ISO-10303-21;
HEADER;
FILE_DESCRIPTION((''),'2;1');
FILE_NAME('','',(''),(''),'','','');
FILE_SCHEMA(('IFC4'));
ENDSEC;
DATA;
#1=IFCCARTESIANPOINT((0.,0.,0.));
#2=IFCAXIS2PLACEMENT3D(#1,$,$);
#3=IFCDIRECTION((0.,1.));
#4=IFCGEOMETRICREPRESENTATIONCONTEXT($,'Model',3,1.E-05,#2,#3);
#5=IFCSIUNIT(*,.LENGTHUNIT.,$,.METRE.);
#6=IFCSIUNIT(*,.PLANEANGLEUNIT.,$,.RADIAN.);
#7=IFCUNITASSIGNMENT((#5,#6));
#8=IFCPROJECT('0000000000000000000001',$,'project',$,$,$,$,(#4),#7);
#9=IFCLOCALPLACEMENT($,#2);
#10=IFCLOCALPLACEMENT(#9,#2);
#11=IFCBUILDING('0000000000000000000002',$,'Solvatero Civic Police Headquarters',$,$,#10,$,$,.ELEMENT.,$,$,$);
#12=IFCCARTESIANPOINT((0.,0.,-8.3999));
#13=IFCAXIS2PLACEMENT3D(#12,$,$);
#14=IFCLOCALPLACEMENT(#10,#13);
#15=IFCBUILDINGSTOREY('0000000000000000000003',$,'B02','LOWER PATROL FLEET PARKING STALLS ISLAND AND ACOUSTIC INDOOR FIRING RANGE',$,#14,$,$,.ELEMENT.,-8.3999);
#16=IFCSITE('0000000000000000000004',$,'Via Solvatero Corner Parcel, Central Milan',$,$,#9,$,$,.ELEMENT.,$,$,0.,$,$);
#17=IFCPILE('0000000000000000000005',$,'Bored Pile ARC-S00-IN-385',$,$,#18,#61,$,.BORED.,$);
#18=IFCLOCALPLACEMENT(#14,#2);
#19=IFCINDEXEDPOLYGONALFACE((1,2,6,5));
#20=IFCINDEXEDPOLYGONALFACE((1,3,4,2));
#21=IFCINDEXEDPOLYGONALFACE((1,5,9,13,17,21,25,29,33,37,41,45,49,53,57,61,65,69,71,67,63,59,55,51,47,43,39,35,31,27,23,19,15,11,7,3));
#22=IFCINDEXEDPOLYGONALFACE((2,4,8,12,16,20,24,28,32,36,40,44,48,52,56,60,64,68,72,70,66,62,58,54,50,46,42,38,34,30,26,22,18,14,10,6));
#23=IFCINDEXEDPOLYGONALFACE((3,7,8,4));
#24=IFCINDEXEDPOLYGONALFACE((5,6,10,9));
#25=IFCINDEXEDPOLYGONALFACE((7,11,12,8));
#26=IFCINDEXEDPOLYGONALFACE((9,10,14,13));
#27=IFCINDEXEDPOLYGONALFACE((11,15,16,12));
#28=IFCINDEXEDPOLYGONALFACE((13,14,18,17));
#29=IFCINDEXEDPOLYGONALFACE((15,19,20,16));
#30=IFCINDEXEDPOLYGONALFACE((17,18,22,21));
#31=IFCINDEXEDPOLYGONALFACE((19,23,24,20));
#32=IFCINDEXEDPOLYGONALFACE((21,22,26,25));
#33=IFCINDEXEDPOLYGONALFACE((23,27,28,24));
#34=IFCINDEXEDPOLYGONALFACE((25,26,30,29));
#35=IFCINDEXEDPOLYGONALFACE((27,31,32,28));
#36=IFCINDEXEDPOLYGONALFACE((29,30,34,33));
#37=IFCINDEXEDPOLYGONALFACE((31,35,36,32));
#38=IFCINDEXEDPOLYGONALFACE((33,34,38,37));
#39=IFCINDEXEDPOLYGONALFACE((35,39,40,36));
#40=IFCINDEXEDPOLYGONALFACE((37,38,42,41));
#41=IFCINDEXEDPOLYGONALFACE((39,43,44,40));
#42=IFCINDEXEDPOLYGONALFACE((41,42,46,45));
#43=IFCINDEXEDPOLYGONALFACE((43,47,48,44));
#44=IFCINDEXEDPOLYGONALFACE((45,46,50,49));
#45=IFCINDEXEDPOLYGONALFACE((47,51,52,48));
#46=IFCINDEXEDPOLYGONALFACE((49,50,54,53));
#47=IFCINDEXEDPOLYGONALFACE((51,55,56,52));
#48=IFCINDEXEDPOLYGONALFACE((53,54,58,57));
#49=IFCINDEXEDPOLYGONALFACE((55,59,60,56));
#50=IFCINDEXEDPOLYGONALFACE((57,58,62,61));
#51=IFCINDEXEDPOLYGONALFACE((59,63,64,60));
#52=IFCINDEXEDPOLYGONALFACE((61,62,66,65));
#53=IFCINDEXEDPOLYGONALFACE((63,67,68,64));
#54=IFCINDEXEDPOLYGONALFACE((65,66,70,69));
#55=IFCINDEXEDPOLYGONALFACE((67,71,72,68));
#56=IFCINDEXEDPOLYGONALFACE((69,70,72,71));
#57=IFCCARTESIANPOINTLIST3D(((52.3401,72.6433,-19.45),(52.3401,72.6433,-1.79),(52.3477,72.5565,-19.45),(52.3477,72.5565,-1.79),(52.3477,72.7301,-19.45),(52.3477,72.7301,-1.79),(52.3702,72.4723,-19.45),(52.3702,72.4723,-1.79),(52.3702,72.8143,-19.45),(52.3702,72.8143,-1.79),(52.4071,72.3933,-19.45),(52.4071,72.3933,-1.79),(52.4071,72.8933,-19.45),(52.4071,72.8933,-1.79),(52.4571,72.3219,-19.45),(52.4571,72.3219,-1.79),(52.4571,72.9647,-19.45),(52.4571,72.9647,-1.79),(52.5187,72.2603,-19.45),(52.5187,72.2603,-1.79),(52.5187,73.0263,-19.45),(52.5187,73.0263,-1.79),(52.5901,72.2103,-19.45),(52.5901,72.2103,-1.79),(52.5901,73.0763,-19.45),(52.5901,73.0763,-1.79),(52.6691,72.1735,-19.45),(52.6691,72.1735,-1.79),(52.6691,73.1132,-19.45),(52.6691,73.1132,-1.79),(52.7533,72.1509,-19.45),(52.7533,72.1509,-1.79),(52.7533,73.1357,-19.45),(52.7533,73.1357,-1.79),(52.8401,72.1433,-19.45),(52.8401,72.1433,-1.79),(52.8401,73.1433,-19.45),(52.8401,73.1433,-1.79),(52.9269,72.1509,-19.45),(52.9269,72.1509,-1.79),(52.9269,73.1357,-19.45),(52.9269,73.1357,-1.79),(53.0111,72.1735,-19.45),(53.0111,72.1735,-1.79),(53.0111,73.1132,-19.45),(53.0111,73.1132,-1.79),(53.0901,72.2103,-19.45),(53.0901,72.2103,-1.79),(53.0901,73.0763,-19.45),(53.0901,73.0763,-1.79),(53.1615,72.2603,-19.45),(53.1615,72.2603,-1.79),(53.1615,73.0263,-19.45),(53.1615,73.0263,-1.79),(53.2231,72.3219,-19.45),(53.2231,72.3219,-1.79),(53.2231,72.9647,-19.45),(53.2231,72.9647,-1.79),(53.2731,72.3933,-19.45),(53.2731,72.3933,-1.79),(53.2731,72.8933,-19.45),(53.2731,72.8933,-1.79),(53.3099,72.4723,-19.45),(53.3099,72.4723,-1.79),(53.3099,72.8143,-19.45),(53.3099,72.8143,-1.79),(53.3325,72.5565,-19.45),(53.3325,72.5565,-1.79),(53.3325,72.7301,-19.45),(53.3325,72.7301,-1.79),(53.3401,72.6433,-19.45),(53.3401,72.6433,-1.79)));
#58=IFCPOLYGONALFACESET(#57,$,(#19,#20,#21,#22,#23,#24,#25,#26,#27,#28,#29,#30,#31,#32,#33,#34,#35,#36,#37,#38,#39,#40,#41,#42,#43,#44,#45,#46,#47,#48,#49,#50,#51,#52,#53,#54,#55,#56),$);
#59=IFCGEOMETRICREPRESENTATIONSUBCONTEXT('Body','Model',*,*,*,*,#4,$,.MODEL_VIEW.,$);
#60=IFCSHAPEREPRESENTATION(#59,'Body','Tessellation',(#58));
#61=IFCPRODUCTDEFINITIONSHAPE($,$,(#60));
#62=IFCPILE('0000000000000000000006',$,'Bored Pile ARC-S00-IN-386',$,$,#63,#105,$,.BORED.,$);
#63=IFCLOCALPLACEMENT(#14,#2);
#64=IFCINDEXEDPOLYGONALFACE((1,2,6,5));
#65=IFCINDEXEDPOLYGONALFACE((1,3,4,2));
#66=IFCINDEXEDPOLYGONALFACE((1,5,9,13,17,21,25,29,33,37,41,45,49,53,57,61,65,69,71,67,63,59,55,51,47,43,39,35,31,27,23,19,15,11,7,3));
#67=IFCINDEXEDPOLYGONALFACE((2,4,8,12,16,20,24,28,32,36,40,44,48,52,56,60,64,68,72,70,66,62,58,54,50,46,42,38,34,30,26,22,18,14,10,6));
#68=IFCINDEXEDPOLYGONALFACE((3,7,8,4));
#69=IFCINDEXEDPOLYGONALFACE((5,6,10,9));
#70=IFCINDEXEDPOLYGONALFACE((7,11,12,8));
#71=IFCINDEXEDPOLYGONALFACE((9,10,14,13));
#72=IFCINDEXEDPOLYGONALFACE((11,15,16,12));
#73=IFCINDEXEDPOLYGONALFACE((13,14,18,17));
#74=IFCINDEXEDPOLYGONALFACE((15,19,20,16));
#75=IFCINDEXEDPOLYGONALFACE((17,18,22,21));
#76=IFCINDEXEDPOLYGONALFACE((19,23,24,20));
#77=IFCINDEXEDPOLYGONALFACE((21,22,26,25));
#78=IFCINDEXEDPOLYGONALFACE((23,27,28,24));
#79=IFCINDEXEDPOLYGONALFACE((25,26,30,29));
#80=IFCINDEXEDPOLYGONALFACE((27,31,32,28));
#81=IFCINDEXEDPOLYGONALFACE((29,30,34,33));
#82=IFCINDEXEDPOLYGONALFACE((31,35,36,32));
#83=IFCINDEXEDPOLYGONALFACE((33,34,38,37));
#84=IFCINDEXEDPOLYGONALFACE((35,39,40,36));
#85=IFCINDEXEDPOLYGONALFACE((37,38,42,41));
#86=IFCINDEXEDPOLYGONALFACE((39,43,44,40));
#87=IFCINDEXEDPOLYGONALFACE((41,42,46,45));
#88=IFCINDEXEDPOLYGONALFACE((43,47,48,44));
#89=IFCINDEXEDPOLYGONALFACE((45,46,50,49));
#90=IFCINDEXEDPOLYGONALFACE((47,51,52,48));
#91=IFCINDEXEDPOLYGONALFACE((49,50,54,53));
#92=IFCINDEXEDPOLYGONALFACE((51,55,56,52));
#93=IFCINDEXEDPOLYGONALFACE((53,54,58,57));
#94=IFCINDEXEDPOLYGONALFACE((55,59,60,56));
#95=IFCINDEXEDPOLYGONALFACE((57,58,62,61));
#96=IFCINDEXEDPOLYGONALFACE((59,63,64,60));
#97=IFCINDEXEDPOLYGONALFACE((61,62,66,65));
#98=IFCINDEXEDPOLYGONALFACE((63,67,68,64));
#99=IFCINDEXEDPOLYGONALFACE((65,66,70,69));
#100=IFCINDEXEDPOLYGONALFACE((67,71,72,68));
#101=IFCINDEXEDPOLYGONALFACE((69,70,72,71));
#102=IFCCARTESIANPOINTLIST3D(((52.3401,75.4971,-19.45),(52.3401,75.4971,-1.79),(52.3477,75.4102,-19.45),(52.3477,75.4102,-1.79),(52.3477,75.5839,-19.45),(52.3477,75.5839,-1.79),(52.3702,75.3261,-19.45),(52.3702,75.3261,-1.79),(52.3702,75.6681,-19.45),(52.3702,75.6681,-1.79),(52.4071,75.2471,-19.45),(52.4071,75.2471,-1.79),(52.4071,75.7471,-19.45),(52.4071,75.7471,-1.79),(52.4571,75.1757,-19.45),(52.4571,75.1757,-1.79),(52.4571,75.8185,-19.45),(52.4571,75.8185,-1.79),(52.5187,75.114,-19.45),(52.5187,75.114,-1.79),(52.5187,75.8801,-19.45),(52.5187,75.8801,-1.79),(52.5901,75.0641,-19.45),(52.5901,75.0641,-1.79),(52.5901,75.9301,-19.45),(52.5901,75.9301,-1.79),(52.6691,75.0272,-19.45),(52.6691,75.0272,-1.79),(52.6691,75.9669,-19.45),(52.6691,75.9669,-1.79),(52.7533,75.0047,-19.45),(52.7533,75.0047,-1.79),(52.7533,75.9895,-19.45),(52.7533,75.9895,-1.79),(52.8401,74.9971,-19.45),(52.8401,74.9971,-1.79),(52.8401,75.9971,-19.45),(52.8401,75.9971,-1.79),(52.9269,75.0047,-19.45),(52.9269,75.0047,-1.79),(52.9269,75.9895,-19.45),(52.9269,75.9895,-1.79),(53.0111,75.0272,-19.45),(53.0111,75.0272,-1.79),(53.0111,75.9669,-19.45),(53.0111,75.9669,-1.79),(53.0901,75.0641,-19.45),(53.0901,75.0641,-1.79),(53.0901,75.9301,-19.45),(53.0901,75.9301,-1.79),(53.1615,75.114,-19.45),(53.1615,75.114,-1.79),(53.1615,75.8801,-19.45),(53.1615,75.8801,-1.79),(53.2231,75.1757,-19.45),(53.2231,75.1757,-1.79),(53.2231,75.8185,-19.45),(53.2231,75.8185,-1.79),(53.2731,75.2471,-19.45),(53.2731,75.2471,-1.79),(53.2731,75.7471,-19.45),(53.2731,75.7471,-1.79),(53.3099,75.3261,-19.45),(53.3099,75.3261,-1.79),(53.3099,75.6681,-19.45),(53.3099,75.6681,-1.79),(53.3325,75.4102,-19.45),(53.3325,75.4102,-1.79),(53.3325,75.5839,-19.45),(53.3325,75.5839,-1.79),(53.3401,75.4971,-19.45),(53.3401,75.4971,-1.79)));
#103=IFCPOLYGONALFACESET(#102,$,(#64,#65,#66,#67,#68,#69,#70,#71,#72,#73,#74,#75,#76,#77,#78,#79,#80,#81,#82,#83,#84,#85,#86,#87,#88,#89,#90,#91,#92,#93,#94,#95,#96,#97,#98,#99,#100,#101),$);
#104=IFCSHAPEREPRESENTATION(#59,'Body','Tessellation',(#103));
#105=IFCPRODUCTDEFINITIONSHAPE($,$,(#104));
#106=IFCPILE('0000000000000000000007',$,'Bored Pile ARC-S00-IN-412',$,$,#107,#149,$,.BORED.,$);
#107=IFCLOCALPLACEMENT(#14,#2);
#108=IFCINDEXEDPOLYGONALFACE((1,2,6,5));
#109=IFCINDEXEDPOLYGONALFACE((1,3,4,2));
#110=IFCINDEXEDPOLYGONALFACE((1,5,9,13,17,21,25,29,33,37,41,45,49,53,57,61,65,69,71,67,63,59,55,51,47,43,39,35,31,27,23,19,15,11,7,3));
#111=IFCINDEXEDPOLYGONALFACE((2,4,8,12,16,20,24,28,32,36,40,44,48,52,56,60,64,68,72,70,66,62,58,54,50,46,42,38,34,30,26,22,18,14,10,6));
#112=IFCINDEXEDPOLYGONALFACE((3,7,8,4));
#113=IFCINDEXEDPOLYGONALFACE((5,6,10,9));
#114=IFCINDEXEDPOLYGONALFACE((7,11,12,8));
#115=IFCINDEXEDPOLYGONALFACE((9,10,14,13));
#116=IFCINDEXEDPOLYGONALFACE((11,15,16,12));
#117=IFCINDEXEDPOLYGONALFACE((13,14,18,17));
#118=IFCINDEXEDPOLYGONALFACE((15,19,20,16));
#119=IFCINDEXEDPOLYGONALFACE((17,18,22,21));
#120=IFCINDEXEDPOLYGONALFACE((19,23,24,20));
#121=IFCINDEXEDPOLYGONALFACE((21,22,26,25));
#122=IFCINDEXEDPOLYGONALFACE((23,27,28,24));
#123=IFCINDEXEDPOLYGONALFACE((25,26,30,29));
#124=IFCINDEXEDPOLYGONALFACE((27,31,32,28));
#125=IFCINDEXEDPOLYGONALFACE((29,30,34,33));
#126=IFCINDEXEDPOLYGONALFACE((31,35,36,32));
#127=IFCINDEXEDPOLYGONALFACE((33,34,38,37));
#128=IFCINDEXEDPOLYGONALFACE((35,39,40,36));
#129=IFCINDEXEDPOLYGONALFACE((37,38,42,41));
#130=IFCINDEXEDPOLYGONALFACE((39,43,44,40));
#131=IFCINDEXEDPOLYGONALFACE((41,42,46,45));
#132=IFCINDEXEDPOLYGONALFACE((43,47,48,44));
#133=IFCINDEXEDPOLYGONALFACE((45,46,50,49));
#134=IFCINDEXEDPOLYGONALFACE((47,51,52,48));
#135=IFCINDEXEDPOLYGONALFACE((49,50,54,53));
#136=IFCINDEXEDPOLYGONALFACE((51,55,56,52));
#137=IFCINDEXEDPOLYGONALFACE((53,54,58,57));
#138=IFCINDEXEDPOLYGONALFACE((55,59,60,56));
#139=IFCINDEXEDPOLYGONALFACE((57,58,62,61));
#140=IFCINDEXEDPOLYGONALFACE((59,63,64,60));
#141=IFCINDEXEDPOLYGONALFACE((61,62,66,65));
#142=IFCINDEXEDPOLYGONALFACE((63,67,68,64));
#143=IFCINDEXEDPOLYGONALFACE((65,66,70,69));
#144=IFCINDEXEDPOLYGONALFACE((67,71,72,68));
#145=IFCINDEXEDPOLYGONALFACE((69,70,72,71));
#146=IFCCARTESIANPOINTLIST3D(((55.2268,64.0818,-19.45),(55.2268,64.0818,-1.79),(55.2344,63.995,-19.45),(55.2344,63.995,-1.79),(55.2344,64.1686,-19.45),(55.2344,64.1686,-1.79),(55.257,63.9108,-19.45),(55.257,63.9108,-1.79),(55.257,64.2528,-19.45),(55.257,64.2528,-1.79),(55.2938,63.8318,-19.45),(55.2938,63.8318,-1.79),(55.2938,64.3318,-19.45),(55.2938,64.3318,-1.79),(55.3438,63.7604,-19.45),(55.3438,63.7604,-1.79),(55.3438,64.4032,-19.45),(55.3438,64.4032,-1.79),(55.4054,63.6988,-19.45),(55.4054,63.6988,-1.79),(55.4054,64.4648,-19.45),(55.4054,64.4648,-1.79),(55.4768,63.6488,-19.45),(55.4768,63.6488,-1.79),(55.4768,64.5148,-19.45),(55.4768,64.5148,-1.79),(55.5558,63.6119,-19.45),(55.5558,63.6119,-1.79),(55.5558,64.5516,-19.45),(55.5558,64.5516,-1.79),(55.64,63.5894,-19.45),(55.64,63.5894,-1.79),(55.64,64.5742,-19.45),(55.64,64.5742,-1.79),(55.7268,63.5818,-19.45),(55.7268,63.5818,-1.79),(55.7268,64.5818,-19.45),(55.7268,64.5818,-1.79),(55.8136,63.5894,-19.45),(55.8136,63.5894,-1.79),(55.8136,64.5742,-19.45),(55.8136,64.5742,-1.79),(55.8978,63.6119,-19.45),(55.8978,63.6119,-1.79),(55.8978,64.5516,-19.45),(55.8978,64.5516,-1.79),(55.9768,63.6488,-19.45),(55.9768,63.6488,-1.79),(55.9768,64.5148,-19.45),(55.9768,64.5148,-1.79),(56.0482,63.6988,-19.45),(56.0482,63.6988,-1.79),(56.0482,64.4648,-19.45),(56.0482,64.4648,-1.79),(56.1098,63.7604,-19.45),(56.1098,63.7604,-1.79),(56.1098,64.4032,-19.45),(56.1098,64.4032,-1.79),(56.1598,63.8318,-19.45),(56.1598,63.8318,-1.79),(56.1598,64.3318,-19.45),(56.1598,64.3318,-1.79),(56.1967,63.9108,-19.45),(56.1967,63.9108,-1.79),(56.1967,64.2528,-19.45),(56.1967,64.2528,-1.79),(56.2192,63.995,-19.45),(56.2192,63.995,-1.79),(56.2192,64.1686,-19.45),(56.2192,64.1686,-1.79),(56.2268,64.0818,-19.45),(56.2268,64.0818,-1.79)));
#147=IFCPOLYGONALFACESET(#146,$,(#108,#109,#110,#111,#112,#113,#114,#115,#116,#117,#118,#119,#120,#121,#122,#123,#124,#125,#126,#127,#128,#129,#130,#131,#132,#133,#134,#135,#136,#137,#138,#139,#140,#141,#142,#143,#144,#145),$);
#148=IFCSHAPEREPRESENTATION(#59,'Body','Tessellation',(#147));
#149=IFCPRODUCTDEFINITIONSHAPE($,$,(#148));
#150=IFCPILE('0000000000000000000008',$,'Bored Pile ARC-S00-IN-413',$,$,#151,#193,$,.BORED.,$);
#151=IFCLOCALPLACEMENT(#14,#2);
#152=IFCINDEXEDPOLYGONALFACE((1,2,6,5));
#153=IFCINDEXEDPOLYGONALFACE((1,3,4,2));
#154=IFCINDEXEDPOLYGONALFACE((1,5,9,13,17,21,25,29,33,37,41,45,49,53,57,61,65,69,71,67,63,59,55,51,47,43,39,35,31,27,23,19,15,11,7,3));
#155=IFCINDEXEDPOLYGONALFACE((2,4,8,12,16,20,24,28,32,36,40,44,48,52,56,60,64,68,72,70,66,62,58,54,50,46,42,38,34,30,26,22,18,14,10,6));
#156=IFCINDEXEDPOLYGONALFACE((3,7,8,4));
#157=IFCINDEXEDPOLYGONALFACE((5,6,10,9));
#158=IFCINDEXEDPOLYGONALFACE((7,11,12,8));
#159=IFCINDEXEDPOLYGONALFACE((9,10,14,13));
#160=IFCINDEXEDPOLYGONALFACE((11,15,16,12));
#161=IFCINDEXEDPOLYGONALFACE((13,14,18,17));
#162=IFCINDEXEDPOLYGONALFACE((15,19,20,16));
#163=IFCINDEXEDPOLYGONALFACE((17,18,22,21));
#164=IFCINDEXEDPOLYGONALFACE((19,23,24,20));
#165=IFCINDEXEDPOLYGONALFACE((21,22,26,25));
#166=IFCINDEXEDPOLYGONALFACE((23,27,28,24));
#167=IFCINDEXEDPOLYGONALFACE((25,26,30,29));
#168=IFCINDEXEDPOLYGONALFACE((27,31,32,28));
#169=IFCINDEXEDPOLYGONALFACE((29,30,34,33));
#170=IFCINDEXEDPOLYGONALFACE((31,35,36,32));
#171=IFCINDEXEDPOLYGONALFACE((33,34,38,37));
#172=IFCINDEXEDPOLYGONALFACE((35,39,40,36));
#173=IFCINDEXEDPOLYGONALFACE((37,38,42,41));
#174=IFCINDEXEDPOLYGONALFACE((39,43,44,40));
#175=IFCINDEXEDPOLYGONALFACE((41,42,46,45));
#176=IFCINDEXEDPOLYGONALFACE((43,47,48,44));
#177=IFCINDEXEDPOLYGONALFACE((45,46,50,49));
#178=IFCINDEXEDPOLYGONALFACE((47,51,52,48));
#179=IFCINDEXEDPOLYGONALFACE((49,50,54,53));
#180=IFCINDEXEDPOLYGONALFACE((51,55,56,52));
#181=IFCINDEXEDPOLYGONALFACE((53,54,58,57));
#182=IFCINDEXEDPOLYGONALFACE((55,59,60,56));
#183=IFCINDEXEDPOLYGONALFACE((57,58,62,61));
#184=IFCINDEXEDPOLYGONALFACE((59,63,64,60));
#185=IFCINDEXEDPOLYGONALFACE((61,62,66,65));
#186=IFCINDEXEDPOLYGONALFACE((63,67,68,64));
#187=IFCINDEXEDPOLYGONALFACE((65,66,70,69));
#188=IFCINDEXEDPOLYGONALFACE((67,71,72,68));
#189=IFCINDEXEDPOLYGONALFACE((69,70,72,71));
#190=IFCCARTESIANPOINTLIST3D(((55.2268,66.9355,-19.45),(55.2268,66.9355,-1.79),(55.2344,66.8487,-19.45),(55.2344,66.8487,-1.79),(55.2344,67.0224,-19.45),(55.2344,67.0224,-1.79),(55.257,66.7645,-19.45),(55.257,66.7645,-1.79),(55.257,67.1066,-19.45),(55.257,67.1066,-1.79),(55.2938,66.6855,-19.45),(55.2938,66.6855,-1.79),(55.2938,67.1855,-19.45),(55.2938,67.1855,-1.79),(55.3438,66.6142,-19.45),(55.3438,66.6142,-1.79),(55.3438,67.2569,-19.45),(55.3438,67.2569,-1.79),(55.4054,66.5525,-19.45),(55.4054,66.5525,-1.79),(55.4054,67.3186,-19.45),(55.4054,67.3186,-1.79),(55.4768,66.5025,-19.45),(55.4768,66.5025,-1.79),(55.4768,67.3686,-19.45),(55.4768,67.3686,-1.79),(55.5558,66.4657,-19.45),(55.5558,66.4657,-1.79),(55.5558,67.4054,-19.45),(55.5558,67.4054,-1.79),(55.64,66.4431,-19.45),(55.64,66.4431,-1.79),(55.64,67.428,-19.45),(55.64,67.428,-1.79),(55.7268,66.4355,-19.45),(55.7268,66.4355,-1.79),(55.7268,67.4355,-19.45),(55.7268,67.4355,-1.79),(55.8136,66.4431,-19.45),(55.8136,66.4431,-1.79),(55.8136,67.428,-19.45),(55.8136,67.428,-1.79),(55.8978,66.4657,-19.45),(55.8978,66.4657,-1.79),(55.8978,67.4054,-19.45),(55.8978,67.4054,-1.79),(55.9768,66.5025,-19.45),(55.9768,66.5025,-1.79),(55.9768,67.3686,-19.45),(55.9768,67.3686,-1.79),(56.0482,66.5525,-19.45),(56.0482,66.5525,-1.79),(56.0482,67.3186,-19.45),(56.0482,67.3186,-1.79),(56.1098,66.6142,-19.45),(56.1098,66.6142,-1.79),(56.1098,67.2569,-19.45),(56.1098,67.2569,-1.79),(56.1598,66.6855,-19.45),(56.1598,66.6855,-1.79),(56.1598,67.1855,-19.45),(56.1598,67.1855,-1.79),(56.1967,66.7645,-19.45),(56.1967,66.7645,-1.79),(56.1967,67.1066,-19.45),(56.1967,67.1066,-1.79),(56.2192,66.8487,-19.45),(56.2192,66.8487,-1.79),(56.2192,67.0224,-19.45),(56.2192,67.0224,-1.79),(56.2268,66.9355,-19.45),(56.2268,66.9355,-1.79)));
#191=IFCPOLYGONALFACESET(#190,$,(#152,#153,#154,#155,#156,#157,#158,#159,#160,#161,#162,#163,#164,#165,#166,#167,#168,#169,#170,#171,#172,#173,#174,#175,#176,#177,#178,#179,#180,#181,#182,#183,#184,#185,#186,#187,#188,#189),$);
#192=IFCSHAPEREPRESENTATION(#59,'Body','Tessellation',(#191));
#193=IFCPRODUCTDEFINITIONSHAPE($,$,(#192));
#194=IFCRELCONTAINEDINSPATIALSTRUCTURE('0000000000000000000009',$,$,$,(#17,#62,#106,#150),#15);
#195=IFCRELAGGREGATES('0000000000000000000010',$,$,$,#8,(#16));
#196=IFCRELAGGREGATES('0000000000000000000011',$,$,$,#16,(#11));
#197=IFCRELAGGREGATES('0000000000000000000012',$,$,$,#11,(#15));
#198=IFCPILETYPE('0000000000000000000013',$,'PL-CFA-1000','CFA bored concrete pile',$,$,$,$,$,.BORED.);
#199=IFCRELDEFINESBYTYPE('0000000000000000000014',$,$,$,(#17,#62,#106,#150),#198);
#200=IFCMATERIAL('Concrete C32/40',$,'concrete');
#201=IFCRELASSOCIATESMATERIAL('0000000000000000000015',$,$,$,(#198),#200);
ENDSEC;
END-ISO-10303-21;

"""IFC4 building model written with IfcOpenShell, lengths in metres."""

from ifc_helpers import new_model, si_unit, direction, frame, origin, origin_2d, place, context, subcontext, project, spatial, circle, extrude, material, material_profile, profile_set, type_object, element, save


model = new_model("IFC4")

# Units and contexts
model_context = context("Model", 3, precision=1e-05, world=origin(), true_north=direction((0.0, 1.0)))
body_context = subcontext(model_context, "Body", "Model", "MODEL_VIEW")
ifc_project = project(units=[si_unit("LENGTHUNIT", "METRE"), si_unit("PLANEANGLEUNIT", "RADIAN")], contexts=[model_context])

# Site, building, storey
site_placement = place(None, origin())
site = spatial("IfcSite", under=ifc_project, at=site_placement, Name="Via Solvatero Corner Parcel, Central Milan", CompositionType="ELEMENT", RefElevation=0.0)
building_placement = place(site_placement, origin())
building = spatial("IfcBuilding", under=site, at=building_placement, Name="Solvatero Civic Police Headquarters", CompositionType="ELEMENT")
storey_placement = place(building_placement, frame((0.0, 0.0, -8.3999)))
storey = spatial("IfcBuildingStorey", under=building, at=storey_placement, Name="B02", Description="LOWER PATROL FLEET PARKING STALLS ISLAND AND ACOUSTIC INDOOR FIRING RANGE", CompositionType="ELEMENT", Elevation=-8.3999)

# Piles
ifc_material_1 = material(Name="Concrete C32/40", Category="concrete")
ifc_material_profile_1 = material_profile(ifc_material_1, circle(Radius=0.5, at=origin_2d()), Name="CFA PILE D1000")
ifc_profile_set_1 = profile_set([ifc_material_profile_1], Name="Concrete C32/40")
pile_type = type_object("IfcPileType", Name="PL-CFA-1000", Description="CFA bored concrete pile", PredefinedType="BORED", material=ifc_profile_set_1)
for number, where, z_axis, x_axis, name in (
    (1, (52.8401, 72.6433, -1.79), (0.0, 0.0, -1.0), (1.0, 0.0, 0.0), "Bored Pile ARC-S00-IN-385"),
    (2, (52.8401, 75.4971, -1.79), (0.0, 0.0, -1.0), (1.0, 0.0, 0.0), "Bored Pile ARC-S00-IN-386"),
    (3, (55.7268, 64.0818, -1.79), (0.0, 0.0, -1.0), (1.0, 0.0, 0.0), "Bored Pile ARC-S00-IN-412"),
    (4, (55.7268, 66.9355, -1.79), (0.0, 0.0, -1.0), (1.0, 0.0, 0.0), "Bored Pile ARC-S00-IN-413"),
):
    element("IfcPile", number, at=place(storey_placement, frame(where, z_axis=z_axis, x_axis=x_axis)), inside=storey, type_object=pile_type, Name=name, PredefinedType="BORED", context=body_context, shape_type="SweptSolid", body=[
        extrude(circle(Radius=0.5, at=origin_2d()), origin(), (0.0, 0.0, 1.0), 17.6599),
    ])

save(model, "model.ifc")
